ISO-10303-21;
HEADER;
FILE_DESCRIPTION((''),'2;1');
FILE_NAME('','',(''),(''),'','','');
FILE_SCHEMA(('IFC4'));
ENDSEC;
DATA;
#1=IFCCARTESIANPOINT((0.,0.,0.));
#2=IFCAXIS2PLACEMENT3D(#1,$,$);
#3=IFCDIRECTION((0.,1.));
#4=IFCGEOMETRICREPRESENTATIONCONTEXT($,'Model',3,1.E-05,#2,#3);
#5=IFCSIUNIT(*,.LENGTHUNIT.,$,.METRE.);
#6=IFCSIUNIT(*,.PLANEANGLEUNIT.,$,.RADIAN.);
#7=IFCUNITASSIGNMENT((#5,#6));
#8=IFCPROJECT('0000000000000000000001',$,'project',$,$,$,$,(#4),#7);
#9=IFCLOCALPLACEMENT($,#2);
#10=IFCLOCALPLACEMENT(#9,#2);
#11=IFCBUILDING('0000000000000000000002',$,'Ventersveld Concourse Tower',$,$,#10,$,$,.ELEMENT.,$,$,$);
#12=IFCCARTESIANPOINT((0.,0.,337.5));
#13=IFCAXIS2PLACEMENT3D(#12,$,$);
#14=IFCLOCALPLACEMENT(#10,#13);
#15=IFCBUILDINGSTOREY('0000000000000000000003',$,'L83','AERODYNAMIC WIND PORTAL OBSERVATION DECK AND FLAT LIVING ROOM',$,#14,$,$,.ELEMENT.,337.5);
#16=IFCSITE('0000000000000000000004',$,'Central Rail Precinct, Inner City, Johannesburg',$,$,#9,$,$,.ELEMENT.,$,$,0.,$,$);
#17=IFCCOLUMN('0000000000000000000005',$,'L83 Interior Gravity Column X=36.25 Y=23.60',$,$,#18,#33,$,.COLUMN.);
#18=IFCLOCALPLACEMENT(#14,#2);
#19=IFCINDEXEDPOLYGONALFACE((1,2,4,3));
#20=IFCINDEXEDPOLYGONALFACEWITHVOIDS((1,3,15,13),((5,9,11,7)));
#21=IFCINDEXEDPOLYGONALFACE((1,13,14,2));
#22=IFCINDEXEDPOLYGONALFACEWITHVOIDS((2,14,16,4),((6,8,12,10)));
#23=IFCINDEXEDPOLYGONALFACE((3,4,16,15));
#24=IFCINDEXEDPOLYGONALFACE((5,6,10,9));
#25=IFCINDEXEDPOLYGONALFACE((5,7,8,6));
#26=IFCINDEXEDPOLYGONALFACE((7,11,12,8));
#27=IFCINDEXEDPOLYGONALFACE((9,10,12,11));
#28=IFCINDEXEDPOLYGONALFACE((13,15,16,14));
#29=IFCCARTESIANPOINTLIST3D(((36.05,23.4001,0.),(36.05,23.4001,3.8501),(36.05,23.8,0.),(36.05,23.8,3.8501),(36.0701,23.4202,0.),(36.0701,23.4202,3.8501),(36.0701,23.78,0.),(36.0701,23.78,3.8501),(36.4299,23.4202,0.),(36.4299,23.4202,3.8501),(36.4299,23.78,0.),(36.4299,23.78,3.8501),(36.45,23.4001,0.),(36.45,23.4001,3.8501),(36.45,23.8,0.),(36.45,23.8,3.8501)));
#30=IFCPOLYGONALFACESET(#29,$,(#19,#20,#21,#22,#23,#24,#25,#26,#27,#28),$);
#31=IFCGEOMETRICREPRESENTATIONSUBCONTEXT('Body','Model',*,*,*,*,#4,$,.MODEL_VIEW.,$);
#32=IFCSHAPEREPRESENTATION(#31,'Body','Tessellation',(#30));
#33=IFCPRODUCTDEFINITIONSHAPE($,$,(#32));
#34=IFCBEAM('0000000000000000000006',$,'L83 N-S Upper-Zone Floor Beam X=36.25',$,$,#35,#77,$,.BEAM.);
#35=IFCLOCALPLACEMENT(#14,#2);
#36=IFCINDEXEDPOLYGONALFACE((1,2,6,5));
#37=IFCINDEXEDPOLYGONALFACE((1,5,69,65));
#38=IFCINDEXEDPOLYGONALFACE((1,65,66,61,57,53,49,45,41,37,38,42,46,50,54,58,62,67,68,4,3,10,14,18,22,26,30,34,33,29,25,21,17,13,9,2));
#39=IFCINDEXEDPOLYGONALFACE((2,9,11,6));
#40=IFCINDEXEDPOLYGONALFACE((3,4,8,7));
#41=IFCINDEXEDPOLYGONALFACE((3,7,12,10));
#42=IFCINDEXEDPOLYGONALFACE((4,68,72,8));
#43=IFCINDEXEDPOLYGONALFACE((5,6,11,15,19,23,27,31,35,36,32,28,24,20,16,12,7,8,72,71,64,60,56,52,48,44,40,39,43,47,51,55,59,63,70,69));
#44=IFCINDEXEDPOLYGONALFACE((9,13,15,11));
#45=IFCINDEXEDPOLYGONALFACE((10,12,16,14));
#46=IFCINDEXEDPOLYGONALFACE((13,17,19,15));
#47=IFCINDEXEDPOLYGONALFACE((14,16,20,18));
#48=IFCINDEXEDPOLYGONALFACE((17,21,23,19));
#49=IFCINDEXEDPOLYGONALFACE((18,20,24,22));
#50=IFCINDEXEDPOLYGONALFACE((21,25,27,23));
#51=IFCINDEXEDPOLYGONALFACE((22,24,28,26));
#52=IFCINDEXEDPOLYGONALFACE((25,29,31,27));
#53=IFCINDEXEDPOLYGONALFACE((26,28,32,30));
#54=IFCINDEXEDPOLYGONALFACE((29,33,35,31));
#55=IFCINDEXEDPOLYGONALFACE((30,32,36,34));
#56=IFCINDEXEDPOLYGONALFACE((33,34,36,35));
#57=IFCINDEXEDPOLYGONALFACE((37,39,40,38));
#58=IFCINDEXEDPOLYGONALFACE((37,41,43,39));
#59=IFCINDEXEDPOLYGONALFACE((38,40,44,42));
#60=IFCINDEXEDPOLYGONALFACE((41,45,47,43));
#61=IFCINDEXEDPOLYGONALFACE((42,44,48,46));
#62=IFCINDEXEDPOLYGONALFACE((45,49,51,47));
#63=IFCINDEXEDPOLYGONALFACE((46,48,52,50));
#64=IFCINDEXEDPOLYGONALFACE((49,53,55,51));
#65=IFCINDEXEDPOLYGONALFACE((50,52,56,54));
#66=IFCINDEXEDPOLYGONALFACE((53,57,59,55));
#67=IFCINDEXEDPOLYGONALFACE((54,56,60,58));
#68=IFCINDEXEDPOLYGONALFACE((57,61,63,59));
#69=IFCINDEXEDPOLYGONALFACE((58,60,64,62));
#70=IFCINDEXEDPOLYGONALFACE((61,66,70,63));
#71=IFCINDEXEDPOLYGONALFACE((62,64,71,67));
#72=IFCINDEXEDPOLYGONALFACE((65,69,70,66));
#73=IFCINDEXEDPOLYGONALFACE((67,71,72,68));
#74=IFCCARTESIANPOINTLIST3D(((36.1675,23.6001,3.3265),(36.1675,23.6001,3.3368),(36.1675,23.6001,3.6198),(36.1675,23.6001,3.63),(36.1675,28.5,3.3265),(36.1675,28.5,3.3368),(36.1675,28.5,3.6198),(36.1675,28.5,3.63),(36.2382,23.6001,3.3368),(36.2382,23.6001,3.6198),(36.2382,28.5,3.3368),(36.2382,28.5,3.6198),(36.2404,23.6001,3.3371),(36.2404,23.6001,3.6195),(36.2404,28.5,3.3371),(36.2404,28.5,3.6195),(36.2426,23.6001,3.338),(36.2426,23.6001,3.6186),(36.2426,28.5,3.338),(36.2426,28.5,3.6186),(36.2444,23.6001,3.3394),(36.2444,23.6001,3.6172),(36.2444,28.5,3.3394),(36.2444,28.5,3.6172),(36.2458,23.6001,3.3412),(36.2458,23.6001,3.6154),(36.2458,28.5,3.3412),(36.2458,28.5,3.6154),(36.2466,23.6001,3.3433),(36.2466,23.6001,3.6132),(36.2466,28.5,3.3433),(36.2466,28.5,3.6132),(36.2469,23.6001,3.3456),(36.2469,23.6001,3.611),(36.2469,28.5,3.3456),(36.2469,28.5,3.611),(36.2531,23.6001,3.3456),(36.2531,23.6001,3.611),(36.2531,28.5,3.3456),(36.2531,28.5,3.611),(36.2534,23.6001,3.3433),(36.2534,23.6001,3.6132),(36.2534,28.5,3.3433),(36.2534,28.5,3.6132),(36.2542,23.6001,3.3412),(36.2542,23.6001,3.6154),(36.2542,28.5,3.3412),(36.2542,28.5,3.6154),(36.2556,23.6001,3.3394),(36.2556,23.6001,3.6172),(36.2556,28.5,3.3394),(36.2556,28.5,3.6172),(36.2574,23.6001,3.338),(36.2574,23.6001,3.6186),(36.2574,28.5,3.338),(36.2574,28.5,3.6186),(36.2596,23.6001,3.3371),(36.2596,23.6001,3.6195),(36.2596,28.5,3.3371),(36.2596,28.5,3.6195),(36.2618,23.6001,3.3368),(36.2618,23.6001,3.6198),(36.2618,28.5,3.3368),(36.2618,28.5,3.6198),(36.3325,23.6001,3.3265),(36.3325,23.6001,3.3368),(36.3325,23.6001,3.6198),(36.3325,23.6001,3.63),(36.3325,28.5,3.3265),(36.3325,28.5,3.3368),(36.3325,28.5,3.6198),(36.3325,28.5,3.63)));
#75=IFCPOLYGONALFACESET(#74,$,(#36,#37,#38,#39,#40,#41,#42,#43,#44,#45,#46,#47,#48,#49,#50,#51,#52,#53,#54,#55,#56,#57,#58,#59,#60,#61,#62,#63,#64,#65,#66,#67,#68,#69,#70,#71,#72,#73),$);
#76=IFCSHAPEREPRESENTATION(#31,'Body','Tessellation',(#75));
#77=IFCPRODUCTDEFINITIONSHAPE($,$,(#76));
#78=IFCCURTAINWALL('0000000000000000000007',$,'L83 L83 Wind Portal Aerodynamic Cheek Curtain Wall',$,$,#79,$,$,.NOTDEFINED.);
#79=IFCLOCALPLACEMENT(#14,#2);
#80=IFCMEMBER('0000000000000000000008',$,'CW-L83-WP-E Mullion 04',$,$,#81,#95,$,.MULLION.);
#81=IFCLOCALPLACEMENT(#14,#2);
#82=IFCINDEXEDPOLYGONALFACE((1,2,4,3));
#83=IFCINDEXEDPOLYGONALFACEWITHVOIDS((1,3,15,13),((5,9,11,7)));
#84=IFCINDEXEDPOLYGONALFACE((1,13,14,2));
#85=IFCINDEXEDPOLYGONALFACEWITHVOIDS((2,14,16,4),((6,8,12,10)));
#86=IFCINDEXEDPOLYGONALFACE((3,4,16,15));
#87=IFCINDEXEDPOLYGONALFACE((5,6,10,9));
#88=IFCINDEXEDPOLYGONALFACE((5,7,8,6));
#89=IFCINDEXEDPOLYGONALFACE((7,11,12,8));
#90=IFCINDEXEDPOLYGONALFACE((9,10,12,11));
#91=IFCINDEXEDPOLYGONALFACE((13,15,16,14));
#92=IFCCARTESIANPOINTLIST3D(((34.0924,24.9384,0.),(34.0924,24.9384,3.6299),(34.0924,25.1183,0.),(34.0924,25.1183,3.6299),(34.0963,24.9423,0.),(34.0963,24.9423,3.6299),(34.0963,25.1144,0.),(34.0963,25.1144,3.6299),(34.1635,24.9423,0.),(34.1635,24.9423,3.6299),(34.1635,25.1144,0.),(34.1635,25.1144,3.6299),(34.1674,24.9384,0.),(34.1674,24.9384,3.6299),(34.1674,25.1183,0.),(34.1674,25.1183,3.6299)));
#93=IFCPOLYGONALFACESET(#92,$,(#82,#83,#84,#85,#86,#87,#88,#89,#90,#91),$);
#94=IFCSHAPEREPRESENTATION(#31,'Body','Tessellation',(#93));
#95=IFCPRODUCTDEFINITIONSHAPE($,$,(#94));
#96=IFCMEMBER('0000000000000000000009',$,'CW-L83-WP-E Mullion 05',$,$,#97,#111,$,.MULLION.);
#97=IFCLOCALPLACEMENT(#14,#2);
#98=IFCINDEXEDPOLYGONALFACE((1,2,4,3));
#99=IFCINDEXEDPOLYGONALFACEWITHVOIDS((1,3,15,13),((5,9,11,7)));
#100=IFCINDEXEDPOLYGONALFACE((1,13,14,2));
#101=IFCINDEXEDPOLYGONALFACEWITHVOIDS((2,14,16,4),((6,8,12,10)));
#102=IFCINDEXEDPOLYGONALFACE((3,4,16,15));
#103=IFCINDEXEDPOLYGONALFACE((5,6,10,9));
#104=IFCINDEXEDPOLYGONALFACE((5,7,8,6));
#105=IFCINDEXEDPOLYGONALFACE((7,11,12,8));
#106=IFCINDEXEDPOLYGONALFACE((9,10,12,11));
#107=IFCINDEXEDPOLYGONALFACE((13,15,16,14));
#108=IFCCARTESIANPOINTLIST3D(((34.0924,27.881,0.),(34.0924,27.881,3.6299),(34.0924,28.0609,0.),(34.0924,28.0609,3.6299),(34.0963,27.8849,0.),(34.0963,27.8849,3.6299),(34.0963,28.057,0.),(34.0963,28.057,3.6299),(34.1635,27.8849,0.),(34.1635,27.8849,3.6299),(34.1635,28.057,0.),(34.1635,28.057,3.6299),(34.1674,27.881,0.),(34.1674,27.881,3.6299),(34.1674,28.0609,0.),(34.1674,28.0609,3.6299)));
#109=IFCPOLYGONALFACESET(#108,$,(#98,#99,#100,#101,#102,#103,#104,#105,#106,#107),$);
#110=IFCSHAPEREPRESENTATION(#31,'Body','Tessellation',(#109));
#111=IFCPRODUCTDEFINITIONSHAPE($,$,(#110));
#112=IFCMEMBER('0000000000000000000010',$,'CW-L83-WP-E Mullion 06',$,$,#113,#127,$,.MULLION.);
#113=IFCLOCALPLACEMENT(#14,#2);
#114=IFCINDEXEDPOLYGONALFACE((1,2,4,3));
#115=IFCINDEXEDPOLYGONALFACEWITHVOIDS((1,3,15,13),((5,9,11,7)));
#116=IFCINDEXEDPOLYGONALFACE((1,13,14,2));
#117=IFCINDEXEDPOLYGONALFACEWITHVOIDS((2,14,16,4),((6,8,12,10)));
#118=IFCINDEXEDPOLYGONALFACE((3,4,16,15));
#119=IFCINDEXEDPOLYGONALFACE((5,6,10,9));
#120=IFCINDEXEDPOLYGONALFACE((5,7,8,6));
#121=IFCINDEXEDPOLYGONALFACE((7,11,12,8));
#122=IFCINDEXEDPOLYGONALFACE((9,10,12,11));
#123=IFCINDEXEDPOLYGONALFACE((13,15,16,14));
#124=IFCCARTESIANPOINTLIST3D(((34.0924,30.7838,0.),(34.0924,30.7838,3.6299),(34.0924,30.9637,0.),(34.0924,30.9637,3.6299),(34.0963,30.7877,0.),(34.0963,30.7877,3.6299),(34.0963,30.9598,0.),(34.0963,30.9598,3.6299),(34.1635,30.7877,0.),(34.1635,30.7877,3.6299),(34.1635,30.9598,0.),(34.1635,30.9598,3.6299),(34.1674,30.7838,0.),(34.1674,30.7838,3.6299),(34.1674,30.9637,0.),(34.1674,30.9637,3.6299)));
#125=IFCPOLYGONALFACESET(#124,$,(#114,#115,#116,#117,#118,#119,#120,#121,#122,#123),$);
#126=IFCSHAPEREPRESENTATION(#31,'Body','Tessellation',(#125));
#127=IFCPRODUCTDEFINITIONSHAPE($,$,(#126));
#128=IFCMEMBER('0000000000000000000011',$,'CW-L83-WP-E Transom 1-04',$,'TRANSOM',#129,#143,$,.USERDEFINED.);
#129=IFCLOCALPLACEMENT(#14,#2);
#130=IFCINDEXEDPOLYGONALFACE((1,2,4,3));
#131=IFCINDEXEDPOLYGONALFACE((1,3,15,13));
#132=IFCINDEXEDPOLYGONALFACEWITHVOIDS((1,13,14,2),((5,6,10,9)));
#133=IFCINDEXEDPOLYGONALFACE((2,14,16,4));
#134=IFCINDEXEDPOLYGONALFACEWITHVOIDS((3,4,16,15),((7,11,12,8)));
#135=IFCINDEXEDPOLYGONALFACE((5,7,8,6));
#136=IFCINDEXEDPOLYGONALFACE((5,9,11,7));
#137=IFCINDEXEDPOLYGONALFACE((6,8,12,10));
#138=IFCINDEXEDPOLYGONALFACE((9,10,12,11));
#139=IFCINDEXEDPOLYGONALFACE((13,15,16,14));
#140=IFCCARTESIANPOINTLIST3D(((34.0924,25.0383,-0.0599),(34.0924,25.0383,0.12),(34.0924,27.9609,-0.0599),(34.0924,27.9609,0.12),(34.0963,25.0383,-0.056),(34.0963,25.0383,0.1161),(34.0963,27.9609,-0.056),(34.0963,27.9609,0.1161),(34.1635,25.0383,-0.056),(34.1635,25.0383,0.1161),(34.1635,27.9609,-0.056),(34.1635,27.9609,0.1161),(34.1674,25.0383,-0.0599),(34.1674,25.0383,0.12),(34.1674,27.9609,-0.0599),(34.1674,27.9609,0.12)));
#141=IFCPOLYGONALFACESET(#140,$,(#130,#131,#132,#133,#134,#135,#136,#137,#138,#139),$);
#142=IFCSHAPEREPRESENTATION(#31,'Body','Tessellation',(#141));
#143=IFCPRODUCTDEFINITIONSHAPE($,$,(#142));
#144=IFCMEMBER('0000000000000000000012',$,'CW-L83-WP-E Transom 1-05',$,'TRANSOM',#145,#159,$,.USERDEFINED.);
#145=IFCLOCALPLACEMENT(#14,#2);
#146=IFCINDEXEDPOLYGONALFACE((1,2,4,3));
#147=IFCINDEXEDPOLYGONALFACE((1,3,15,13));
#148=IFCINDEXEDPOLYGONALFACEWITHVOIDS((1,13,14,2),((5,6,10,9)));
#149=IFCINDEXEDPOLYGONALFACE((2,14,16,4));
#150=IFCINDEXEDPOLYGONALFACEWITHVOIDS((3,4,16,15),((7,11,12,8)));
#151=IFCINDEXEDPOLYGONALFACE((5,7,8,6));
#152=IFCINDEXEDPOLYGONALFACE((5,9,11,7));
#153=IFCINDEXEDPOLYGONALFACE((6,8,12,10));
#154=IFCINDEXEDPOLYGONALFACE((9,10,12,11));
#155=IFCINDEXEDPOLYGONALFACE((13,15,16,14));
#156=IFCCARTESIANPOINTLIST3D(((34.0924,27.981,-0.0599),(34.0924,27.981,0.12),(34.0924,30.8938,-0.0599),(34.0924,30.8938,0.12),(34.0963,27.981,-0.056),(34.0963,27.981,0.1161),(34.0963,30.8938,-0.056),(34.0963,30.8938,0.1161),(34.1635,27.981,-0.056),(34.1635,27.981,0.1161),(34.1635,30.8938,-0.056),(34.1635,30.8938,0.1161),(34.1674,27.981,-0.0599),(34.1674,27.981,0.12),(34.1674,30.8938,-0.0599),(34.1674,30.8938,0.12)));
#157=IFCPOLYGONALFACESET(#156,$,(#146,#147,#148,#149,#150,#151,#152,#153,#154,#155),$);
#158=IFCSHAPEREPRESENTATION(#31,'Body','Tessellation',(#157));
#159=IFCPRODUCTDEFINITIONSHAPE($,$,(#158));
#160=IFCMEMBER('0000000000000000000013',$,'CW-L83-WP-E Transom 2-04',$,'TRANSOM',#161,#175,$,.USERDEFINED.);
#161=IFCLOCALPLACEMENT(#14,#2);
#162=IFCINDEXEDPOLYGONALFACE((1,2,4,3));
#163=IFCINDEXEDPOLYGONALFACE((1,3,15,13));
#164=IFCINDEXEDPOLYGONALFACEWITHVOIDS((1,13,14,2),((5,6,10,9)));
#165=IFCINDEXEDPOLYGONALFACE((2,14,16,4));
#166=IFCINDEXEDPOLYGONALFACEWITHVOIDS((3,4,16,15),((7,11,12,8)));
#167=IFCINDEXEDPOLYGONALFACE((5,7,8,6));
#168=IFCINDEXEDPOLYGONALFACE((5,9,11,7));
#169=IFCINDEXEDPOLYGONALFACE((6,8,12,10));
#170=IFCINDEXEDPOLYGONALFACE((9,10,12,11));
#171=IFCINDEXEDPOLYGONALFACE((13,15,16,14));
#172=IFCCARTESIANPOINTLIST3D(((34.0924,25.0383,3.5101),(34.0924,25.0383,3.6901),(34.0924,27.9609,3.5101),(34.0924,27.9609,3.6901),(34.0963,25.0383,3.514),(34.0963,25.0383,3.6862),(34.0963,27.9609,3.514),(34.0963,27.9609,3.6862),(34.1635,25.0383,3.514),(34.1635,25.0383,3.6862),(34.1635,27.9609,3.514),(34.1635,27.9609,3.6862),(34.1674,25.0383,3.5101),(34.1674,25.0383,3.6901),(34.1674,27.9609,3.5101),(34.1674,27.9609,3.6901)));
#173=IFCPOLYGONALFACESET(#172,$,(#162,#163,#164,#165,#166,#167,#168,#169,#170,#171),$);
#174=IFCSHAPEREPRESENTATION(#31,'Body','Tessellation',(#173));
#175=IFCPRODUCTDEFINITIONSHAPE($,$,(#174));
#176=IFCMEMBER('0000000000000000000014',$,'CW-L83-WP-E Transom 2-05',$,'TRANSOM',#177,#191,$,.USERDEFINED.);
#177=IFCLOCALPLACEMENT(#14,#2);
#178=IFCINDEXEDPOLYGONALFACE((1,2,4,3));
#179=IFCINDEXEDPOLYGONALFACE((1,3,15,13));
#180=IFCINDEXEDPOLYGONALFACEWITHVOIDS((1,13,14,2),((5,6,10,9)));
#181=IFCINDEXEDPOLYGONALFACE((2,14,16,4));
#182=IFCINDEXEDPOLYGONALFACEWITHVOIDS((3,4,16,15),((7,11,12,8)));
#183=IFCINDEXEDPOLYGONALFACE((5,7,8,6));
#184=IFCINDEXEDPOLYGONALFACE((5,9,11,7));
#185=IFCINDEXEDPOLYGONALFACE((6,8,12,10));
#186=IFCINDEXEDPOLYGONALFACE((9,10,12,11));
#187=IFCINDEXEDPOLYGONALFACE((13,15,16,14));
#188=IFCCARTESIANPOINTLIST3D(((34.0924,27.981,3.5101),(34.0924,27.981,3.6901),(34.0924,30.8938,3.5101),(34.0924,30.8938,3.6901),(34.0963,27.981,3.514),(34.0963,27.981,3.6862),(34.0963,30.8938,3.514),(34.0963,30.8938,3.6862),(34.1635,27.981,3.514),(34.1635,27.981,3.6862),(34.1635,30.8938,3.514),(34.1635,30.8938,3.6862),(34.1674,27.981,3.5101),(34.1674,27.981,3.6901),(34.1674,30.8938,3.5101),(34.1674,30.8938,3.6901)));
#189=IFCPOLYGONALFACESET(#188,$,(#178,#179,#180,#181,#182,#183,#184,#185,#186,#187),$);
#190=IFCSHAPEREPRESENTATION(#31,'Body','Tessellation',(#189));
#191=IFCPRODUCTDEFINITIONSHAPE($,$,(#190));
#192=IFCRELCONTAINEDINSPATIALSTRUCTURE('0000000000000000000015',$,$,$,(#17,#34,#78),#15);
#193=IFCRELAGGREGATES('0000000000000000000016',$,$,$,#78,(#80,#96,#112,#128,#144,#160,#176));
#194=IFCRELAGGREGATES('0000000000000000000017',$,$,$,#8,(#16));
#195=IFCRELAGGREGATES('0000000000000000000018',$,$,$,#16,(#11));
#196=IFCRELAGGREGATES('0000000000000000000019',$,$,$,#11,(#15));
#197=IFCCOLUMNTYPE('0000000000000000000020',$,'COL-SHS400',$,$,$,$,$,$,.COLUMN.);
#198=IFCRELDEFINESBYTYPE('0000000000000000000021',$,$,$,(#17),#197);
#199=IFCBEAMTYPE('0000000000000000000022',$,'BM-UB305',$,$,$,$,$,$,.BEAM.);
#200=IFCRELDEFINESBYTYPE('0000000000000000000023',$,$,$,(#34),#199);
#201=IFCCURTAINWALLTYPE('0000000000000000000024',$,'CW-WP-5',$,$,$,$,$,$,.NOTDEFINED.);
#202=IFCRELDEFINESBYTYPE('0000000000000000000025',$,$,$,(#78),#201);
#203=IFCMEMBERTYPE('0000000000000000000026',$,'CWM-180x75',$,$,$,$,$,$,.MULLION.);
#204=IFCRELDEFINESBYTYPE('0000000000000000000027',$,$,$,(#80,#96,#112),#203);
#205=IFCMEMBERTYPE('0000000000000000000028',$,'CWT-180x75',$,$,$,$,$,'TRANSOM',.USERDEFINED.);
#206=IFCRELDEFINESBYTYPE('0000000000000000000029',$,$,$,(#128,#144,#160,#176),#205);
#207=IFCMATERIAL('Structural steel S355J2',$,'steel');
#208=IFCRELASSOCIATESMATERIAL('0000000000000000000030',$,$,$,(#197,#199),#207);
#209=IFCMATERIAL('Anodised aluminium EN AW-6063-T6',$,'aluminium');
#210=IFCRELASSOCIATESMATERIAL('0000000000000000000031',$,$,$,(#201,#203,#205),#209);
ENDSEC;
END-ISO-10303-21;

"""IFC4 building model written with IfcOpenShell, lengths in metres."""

from ifc_helpers import new_model, si_unit, direction, frame, origin, origin_2d, place, context, subcontext, project, spatial, hollow_rectangle, i_section, extrude, material, material_profile, profile_set, type_object, element, aggregate, save


model = new_model("IFC4")

# Units and contexts
model_context = context("Model", 3, precision=1e-05, world=origin(), true_north=direction((0.0, 1.0)))
body_context = subcontext(model_context, "Body", "Model", "MODEL_VIEW")
ifc_project = project(units=[si_unit("LENGTHUNIT", "METRE"), si_unit("PLANEANGLEUNIT", "RADIAN")], contexts=[model_context])

# Site, building, storey
site_placement = place(None, origin())
site = spatial("IfcSite", under=ifc_project, at=site_placement, Name="Central Rail Precinct, Inner City, Johannesburg", CompositionType="ELEMENT", RefElevation=0.0)
building_placement = place(site_placement, origin())
building = spatial("IfcBuilding", under=site, at=building_placement, Name="Ventersveld Concourse Tower", CompositionType="ELEMENT")
storey_placement = place(building_placement, frame((0.0, 0.0, 337.5)))
storey = spatial("IfcBuildingStorey", under=building, at=storey_placement, Name="L83", Description="AERODYNAMIC WIND PORTAL OBSERVATION DECK AND FLAT LIVING ROOM", CompositionType="ELEMENT", Elevation=337.5)

# Column
ifc_material_1 = material(Name="Structural steel S355J2", Category="steel")
ifc_material_profile_1 = material_profile(ifc_material_1, hollow_rectangle(XDim=0.3999, YDim=0.3999, WallThickness=0.02, at=origin_2d()), Name="SHS 400x400x20")
ifc_profile_set_1 = profile_set([ifc_material_profile_1], Name="Structural steel S355J2")
column_type = type_object("IfcColumnType", Name="COL-SHS400", PredefinedType="COLUMN", material=ifc_profile_set_1)
column_placement = place(storey_placement, frame((36.25, 23.6001, 0.0), z_axis=(0.0, 0.0, 1.0), x_axis=(1.0, 0.0, 0.0)))
element("IfcColumn", 1, at=column_placement, inside=storey, type_object=column_type, Name="L83 Interior Gravity Column X=36.25 Y=23.60", PredefinedType="COLUMN", context=body_context, shape_type="SweptSolid", body=[
    extrude(hollow_rectangle(XDim=0.3999, YDim=0.3999, WallThickness=0.02, at=origin_2d()), origin(), (0.0, 0.0, 1.0), 3.8501),
])

# Beam
ifc_material_profile_2 = material_profile(ifc_material_1, i_section(OverallWidth=0.165, OverallDepth=0.3035, WebThickness=0.0061, FlangeThickness=0.0103, FilletRadius=0.0088, at=origin_2d()), Name="UB 305x165x40")
ifc_profile_set_2 = profile_set([ifc_material_profile_2], Name="Structural steel S355J2")
beam_type_1 = type_object("IfcBeamType", Name="BM-UB305", PredefinedType="BEAM", material=ifc_profile_set_2)
beam_1_placement = place(storey_placement, frame((36.25, 23.6001, 3.4783), z_axis=(0.0, 1.0, 0.0), x_axis=(-1.0, 0.0, 0.0)))
element("IfcBeam", 2, at=beam_1_placement, inside=storey, type_object=beam_type_1, Name="L83 N-S Upper-Zone Floor Beam X=36.25", PredefinedType="BEAM", context=body_context, shape_type="SweptSolid", body=[
    extrude(i_section(OverallWidth=0.165, OverallDepth=0.3035, WebThickness=0.0061, FlangeThickness=0.0103, FilletRadius=0.0088, at=origin_2d()), origin(), (0.0, 0.0, 1.0), 4.8999),
])

# Curtain wall, members
ifc_material_2 = material(Name="Anodised aluminium EN AW-6063-T6", Category="aluminium")
curtain_wall_type = type_object("IfcCurtainWallType", Name="CW-WP-5", PredefinedType="NOTDEFINED", material=ifc_material_2)
curtain_wall_placement = place(storey_placement, origin())
curtain_wall = element("IfcCurtainWall", 3, at=curtain_wall_placement, inside=storey, type_object=curtain_wall_type, Name="L83 L83 Wind Portal Aerodynamic Cheek Curtain Wall", PredefinedType="NOTDEFINED")
ifc_material_profile_3 = material_profile(ifc_material_2, hollow_rectangle(XDim=0.075, YDim=0.1799, WallThickness=0.0039, at=origin_2d()), Name="ALU 180x75x4")
ifc_profile_set_3 = profile_set([ifc_material_profile_3], Name="Anodised aluminium EN AW-6063-T6")
member_type_1 = type_object("IfcMemberType", Name="CWM-180x75", PredefinedType="MULLION", material=ifc_profile_set_3)
member_1_placement = place(storey_placement, frame((34.1299, 25.0283, 0.0), z_axis=(0.0, 0.0, 1.0), x_axis=(1.0, 0.0, 0.0)))
member_1 = element("IfcMember", 4, at=member_1_placement, type_object=member_type_1, Name="CW-L83-WP-E Mullion 04", PredefinedType="MULLION", context=body_context, shape_type="SweptSolid", body=[
    extrude(hollow_rectangle(XDim=0.075, YDim=0.1799, WallThickness=0.0039, at=origin_2d()), origin(), (0.0, 0.0, 1.0), 3.6299),
])
member_2_placement = place(storey_placement, frame((34.1299, 27.9709, 0.0), z_axis=(0.0, 0.0, 1.0), x_axis=(1.0, 0.0, 0.0)))
member_2 = element("IfcMember", 5, at=member_2_placement, type_object=member_type_1, Name="CW-L83-WP-E Mullion 05", PredefinedType="MULLION", context=body_context, shape_type="SweptSolid", body=[
    extrude(hollow_rectangle(XDim=0.075, YDim=0.1799, WallThickness=0.0039, at=origin_2d()), origin(), (0.0, 0.0, 1.0), 3.6299),
])
member_3_placement = place(storey_placement, frame((34.1299, 30.8738, 0.0), z_axis=(0.0, 0.0, 1.0), x_axis=(1.0, 0.0, 0.0)))
member_3 = element("IfcMember", 6, at=member_3_placement, type_object=member_type_1, Name="CW-L83-WP-E Mullion 06", PredefinedType="MULLION", context=body_context, shape_type="SweptSolid", body=[
    extrude(hollow_rectangle(XDim=0.075, YDim=0.1799, WallThickness=0.0039, at=origin_2d()), origin(), (0.0, 0.0, 1.0), 3.6299),
])
ifc_material_profile_4 = material_profile(ifc_material_2, hollow_rectangle(XDim=0.075, YDim=0.1799, WallThickness=0.0039, at=origin_2d()), Name="ALU 180x75x4")
ifc_profile_set_4 = profile_set([ifc_material_profile_4], Name="Anodised aluminium EN AW-6063-T6")
member_type_2 = type_object("IfcMemberType", Name="CWT-180x75", ElementType="TRANSOM", PredefinedType="USERDEFINED", material=ifc_profile_set_4)
member_4_placement = place(storey_placement, frame((34.1299, 25.0383, 0.03), z_axis=(0.0, 1.0, 0.0), x_axis=(-1.0, 0.0, 0.0)))
member_4 = element("IfcMember", 7, at=member_4_placement, type_object=member_type_2, Name="CW-L83-WP-E Transom 1-04", ObjectType="TRANSOM", PredefinedType="USERDEFINED", context=body_context, shape_type="SweptSolid", body=[
    extrude(hollow_rectangle(XDim=0.075, YDim=0.1799, WallThickness=0.0039, at=origin_2d()), origin(), (0.0, 0.0, 1.0), 2.9226),
])
member_5_placement = place(storey_placement, frame((34.1299, 27.981, 0.03), z_axis=(0.0, 1.0, 0.0), x_axis=(-1.0, 0.0, 0.0)))
member_5 = element("IfcMember", 8, at=member_5_placement, type_object=member_type_2, Name="CW-L83-WP-E Transom 1-05", ObjectType="TRANSOM", PredefinedType="USERDEFINED", context=body_context, shape_type="SweptSolid", body=[
    extrude(hollow_rectangle(XDim=0.075, YDim=0.1799, WallThickness=0.0039, at=origin_2d()), origin(), (0.0, 0.0, 1.0), 2.9128),
])
member_6_placement = place(storey_placement, frame((34.1299, 25.0383, 3.6001), z_axis=(0.0, 1.0, 0.0), x_axis=(-1.0, 0.0, 0.0)))
member_6 = element("IfcMember", 9, at=member_6_placement, type_object=member_type_2, Name="CW-L83-WP-E Transom 2-04", ObjectType="TRANSOM", PredefinedType="USERDEFINED", context=body_context, shape_type="SweptSolid", body=[
    extrude(hollow_rectangle(XDim=0.075, YDim=0.1799, WallThickness=0.0039, at=origin_2d()), origin(), (0.0, 0.0, 1.0), 2.9226),
])
member_7_placement = place(storey_placement, frame((34.1299, 27.981, 3.6001), z_axis=(0.0, 1.0, 0.0), x_axis=(-1.0, 0.0, 0.0)))
member_7 = element("IfcMember", 10, at=member_7_placement, type_object=member_type_2, Name="CW-L83-WP-E Transom 2-05", ObjectType="TRANSOM", PredefinedType="USERDEFINED", context=body_context, shape_type="SweptSolid", body=[
    extrude(hollow_rectangle(XDim=0.075, YDim=0.1799, WallThickness=0.0039, at=origin_2d()), origin(), (0.0, 0.0, 1.0), 2.9128),
])

aggregate(curtain_wall, [member_1, member_2, member_3, member_4, member_5, member_6, member_7])

save(model, "model.ifc")
